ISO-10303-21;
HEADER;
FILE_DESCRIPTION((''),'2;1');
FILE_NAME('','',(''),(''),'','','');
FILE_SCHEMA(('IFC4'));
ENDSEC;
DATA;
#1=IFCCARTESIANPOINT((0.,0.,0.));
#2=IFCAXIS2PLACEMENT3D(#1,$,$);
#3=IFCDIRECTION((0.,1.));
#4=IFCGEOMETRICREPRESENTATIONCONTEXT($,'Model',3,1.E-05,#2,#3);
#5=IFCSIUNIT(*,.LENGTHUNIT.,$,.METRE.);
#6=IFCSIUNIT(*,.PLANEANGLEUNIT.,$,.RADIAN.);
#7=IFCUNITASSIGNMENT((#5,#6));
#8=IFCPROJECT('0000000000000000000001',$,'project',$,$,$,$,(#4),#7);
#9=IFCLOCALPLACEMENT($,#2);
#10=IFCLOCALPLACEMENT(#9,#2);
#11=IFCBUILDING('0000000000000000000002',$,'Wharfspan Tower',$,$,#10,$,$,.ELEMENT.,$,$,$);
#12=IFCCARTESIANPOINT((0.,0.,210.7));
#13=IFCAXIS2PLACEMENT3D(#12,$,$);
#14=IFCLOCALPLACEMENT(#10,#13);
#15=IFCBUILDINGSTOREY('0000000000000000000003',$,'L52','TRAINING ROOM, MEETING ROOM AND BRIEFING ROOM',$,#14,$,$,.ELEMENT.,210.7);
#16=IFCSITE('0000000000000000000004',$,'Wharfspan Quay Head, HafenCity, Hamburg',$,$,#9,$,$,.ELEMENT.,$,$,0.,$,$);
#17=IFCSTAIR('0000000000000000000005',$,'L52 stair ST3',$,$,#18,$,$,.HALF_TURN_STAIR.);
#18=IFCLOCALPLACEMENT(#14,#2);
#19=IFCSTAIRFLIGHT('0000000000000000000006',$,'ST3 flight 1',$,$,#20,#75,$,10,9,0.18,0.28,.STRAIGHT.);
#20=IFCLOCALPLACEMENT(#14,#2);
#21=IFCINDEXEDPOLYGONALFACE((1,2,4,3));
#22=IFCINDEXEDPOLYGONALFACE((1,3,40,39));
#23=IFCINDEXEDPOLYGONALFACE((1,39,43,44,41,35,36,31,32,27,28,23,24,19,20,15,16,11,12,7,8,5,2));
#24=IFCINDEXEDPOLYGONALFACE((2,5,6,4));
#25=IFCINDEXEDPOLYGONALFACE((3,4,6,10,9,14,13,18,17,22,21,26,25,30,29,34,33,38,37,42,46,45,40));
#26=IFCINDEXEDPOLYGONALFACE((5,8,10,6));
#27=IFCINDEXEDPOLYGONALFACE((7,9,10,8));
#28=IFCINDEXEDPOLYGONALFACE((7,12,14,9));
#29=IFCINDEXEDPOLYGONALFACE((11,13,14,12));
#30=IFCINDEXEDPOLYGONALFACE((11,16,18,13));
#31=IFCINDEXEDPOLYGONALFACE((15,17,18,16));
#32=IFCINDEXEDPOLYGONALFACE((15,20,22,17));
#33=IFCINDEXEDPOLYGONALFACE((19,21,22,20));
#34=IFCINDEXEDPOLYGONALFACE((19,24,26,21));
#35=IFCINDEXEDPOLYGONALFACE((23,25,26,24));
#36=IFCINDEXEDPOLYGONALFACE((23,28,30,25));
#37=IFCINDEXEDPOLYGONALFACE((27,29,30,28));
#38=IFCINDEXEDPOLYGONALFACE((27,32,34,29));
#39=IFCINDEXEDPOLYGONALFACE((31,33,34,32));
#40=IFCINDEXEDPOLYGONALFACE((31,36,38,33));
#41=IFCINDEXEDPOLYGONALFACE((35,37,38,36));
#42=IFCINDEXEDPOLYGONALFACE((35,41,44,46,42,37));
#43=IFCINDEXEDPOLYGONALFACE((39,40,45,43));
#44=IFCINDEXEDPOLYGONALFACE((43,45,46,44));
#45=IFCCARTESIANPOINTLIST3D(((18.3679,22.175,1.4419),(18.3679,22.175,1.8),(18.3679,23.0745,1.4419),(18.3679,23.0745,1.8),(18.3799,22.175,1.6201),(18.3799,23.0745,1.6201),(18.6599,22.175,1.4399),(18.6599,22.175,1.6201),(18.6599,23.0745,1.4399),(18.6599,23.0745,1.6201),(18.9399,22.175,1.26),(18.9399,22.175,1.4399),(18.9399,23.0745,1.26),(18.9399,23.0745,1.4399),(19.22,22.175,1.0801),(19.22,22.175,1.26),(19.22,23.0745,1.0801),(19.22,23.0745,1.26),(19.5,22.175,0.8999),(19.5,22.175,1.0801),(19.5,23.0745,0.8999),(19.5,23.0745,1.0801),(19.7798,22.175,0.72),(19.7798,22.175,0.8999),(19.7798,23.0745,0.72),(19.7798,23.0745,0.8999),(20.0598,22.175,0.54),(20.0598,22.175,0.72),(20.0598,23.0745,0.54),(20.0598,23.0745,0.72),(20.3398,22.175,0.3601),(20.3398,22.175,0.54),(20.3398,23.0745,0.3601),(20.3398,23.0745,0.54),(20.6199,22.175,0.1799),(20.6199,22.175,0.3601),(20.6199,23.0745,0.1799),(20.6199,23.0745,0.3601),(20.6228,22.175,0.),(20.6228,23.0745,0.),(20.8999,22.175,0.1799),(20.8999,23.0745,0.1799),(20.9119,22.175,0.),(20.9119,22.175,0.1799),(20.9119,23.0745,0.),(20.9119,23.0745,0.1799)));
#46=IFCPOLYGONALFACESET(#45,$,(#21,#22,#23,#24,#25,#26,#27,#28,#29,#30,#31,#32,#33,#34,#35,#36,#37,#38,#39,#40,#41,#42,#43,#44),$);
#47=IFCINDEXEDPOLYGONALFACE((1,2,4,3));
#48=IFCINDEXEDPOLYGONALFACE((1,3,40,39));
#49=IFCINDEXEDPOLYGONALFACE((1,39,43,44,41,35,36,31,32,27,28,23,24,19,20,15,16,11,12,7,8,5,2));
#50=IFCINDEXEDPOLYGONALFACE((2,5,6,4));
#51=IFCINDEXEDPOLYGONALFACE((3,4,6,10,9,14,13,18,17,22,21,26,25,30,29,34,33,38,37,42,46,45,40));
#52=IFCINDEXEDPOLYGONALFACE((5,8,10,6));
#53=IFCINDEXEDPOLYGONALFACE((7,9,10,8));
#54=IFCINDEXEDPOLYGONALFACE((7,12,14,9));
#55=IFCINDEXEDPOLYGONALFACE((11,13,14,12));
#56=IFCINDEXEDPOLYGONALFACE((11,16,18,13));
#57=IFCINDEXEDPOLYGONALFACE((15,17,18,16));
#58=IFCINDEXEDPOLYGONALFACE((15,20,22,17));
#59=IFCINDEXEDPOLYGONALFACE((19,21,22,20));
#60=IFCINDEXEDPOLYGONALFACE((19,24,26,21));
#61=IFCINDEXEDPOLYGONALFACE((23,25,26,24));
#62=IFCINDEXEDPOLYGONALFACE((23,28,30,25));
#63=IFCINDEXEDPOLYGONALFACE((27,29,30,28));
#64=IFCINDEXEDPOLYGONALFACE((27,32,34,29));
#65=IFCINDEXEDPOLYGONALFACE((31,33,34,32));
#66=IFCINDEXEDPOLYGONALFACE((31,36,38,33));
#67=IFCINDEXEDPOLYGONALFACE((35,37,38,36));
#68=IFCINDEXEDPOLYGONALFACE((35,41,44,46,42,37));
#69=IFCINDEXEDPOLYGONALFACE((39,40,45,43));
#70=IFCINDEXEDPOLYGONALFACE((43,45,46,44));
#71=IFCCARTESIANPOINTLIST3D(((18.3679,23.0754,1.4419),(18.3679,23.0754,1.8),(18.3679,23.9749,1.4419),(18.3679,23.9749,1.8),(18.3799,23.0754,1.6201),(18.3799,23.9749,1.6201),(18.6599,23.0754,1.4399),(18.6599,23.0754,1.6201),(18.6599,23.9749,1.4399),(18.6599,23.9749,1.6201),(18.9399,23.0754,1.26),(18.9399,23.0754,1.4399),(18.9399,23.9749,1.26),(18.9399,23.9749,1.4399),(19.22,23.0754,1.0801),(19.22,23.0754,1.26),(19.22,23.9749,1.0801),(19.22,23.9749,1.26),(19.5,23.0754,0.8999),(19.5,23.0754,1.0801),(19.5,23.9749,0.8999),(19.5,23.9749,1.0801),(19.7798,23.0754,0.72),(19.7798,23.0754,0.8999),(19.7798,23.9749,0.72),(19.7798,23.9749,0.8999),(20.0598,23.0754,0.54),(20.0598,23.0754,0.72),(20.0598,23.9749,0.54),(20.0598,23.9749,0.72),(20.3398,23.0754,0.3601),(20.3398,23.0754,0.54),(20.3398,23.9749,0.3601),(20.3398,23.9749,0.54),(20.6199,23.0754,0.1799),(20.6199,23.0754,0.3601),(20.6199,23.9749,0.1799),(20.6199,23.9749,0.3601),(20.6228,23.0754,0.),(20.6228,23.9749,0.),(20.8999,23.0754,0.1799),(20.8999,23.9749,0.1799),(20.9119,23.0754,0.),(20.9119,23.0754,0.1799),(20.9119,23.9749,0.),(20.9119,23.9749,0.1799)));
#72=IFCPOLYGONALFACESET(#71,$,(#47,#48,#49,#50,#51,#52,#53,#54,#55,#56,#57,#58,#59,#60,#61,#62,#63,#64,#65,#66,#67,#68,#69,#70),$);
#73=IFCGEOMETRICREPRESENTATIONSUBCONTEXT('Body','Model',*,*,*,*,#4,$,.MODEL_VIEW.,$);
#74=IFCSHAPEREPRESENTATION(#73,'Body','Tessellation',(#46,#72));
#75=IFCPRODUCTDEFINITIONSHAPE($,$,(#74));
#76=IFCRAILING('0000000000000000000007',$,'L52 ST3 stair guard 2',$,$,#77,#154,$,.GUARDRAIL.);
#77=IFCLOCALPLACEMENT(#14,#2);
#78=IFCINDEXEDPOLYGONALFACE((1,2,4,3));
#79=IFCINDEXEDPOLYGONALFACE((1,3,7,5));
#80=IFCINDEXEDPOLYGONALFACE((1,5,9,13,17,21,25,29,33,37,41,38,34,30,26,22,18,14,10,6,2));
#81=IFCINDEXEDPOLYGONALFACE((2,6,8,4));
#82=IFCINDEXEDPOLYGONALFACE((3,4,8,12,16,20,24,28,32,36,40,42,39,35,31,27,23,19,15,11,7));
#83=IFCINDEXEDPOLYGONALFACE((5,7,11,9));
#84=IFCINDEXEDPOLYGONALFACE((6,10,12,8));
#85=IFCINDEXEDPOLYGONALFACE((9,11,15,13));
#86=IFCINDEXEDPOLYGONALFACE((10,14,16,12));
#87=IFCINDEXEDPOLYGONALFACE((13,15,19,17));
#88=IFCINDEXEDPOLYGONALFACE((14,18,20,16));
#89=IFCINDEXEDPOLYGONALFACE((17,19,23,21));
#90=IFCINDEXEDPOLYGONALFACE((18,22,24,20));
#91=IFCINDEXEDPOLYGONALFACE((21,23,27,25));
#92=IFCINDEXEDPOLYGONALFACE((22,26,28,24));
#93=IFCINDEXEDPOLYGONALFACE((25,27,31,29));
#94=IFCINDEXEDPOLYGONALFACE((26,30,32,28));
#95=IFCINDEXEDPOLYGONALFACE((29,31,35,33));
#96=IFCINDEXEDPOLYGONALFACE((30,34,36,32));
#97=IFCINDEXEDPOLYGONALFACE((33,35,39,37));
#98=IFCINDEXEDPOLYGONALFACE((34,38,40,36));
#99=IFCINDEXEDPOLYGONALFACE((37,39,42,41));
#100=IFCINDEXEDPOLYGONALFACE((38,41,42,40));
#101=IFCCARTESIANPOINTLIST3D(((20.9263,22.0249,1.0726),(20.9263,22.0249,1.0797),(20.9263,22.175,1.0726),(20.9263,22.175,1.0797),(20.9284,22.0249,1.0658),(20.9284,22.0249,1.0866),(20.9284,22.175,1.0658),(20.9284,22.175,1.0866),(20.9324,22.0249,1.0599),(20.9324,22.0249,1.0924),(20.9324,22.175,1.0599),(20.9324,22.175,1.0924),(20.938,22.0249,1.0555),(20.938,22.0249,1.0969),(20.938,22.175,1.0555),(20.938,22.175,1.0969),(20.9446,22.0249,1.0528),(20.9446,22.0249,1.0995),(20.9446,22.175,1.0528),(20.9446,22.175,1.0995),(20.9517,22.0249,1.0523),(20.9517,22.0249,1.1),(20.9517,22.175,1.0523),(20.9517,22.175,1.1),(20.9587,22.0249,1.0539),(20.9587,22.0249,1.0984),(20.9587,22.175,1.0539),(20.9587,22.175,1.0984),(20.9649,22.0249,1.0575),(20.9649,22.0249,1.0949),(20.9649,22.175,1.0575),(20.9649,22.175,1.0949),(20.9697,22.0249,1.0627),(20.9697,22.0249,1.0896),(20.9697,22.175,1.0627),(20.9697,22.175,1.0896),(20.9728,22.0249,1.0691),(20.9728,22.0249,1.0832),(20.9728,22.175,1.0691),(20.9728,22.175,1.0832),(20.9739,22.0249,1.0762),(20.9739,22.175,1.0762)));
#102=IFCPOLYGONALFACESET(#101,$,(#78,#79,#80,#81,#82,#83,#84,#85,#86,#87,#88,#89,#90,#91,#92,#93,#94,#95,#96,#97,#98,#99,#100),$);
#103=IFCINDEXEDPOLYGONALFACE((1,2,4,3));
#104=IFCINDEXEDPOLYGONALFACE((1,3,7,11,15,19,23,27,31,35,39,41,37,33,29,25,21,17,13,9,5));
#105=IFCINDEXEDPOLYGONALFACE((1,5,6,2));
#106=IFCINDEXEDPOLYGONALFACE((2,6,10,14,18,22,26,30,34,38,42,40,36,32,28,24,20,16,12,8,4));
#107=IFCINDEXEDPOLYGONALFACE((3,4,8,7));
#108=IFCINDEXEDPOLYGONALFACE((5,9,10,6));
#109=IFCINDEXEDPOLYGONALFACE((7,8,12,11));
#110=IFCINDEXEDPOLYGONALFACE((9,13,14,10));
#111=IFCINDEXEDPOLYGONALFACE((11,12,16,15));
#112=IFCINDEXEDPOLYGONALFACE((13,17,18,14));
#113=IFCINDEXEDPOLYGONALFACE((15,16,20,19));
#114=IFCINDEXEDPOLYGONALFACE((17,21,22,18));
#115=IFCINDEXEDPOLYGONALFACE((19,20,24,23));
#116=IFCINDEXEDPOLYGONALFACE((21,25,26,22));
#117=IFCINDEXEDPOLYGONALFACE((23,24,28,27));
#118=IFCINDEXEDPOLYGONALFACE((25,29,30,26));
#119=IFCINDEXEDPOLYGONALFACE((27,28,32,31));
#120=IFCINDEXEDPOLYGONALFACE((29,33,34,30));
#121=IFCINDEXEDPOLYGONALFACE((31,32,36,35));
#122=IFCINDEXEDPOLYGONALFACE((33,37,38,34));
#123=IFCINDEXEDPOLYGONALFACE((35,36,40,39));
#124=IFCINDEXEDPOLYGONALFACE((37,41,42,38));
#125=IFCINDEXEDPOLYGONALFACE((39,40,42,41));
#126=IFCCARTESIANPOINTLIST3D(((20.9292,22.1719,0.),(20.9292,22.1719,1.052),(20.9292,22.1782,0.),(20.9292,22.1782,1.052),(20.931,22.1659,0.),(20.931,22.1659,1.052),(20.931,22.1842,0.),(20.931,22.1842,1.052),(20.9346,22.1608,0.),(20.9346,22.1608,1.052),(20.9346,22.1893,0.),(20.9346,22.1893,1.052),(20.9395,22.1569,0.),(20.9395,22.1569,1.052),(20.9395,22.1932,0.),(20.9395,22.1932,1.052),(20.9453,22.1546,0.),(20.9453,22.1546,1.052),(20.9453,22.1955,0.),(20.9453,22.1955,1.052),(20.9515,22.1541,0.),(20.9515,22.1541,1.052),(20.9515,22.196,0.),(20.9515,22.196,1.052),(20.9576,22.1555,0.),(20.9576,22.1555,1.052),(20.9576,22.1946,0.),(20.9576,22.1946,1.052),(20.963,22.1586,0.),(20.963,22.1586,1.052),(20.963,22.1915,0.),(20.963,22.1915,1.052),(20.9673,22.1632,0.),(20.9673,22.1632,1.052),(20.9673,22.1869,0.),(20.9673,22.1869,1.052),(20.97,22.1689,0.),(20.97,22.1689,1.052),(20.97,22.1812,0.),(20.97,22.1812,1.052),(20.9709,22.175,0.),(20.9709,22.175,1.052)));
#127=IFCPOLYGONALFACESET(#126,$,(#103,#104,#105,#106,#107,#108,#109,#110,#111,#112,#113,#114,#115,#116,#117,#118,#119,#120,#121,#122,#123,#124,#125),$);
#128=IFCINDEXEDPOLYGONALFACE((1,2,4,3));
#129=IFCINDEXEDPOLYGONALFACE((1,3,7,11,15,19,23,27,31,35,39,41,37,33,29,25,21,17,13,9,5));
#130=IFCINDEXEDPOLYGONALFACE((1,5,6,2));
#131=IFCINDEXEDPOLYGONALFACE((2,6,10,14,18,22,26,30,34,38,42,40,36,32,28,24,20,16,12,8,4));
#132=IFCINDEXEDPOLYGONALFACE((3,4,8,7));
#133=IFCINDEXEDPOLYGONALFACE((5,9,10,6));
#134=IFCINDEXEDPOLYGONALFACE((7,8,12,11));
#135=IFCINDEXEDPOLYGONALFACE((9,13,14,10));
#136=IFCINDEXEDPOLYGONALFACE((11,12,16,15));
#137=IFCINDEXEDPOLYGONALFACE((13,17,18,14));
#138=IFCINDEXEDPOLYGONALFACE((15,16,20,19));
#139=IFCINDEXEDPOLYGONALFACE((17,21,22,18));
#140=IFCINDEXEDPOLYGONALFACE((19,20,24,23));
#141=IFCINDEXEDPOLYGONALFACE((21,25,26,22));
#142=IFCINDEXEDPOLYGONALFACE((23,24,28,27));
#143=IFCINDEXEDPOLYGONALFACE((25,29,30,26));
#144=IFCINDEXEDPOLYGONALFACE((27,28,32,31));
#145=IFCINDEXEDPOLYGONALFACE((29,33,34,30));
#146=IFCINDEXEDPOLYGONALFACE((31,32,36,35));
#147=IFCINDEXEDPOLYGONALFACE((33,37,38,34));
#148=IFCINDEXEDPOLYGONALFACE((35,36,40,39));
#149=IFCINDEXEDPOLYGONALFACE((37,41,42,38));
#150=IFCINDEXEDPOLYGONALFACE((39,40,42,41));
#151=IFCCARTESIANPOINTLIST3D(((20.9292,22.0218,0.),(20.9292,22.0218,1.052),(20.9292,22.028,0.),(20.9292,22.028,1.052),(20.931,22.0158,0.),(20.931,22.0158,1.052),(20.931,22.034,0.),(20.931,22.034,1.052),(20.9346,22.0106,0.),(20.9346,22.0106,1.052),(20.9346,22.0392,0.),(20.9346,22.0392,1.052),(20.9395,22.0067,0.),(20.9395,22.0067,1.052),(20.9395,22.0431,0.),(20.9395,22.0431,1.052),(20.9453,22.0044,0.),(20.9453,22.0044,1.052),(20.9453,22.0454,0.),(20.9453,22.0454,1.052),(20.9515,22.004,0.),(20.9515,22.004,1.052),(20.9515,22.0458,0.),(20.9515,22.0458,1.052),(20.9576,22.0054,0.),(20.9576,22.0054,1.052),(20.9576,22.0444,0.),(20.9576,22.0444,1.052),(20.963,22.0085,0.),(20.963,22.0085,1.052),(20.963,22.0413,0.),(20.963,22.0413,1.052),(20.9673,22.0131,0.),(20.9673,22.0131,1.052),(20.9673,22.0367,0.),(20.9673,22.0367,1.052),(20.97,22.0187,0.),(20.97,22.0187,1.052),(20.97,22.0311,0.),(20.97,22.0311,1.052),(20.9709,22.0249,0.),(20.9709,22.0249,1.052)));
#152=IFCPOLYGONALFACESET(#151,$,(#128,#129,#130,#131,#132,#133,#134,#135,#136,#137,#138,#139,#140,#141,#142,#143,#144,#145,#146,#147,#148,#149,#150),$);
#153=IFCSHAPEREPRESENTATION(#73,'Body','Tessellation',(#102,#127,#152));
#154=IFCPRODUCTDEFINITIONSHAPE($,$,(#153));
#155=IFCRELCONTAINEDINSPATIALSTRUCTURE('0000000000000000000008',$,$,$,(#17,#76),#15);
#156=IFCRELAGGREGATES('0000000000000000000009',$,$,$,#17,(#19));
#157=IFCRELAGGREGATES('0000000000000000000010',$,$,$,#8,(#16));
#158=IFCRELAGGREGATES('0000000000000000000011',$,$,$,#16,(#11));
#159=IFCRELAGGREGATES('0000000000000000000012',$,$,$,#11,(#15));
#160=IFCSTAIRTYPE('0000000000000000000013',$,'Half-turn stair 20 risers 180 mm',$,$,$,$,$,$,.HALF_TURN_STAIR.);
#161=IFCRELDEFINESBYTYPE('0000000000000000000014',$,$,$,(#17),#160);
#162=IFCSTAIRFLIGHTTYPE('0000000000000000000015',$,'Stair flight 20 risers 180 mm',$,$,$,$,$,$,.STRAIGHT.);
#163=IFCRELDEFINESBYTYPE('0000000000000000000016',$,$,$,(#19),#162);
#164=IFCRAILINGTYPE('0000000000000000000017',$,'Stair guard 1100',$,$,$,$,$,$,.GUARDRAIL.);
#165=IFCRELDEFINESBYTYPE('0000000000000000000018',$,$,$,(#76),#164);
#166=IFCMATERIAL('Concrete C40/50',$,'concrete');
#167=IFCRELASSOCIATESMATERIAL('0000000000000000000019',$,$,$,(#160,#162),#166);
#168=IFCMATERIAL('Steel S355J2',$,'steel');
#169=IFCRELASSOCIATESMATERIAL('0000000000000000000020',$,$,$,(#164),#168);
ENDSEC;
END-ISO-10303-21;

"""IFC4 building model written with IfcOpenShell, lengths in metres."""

from ifc_helpers import new_model, si_unit, direction, frame, origin, origin_2d, place, context, subcontext, project, spatial, polyline, circle, outline, extrude, material, type_object, element, aggregate, save


model = new_model("IFC4")

# Units and contexts
model_context = context("Model", 3, precision=1e-05, world=origin(), true_north=direction((0.0, 1.0)))
body_context = subcontext(model_context, "Body", "Model", "MODEL_VIEW")
ifc_project = project(units=[si_unit("LENGTHUNIT", "METRE"), si_unit("PLANEANGLEUNIT", "RADIAN")], contexts=[model_context])

# Site, building, storey
site_placement = place(None, origin())
site = spatial("IfcSite", under=ifc_project, at=site_placement, Name="Wharfspan Quay Head, HafenCity, Hamburg", CompositionType="ELEMENT", RefElevation=0.0)
building_placement = place(site_placement, origin())
building = spatial("IfcBuilding", under=site, at=building_placement, Name="Wharfspan Tower", CompositionType="ELEMENT")
storey_placement = place(building_placement, frame((0.0, 0.0, 210.7)))
storey = spatial("IfcBuildingStorey", under=building, at=storey_placement, Name="L52", Description="TRAINING ROOM, MEETING ROOM AND BRIEFING ROOM", CompositionType="ELEMENT", Elevation=210.7)

# Shared definitions
ifc_material_1 = material(Name="Steel S355J2", Category="steel")

# Shared definitions
ifc_material_2 = material(Name="Concrete C40/50", Category="concrete")

# Stair, stair flight
stair_type = type_object("IfcStairType", Name="Half-turn stair 20 risers 180 mm", PredefinedType="HALF_TURN_STAIR", material=ifc_material_2)
stair_placement = place(storey_placement, origin())
stair = element("IfcStair", 1, at=stair_placement, inside=storey, type_object=stair_type, Name="L52 stair ST3", PredefinedType="HALF_TURN_STAIR")
stair_flight_type = type_object("IfcStairFlightType", Name="Stair flight 20 risers 180 mm", PredefinedType="STRAIGHT", material=ifc_material_2)
stair_flight_placement = place(storey_placement, frame((20.8999, 23.075, 0.0), z_axis=(0.0, 0.0, 1.0), x_axis=(-1.0, 0.0, 0.0)))
stair_flight = element("IfcStairFlight", 2, at=stair_flight_placement, type_object=stair_flight_type, Name="ST3 flight 1", NumberOfRisers=10, NumberOfTreads=9, PredefinedType="STRAIGHT", RiserHeight=0.18, TreadLength=0.28, context=body_context, shape_type="SweptSolid", body=[
    extrude(outline(polyline([(-0.012, 0.0), (-0.012, 0.1799), (0.0, 0.1799), (0.28, 0.1799), (0.28, 0.3601), (0.5601, 0.3601), (0.5601, 0.54), (0.8401, 0.54), (0.8401, 0.72), (1.1201, 0.72), (1.1201, 0.8999), (1.3999, 0.8999), (1.3999, 1.0801), (1.6799, 1.0801), (1.6799, 1.26), (1.96, 1.26), (1.96, 1.4399), (2.24, 1.4399), (2.24, 1.6201), (2.52, 1.6201), (2.532, 1.8), (2.532, 1.4419), (0.2771, 0.0), (-0.012, 0.0)])), frame((0.0, 0.8999, 0.0), z_axis=(0.0, -1.0, 0.0), x_axis=(1.0, 0.0, 0.0)), (0.0, 0.0, 1.0), 0.8994),
    extrude(outline(polyline([(-0.012, 0.0), (-0.012, 0.1799), (0.0, 0.1799), (0.28, 0.1799), (0.28, 0.3601), (0.5601, 0.3601), (0.5601, 0.54), (0.8401, 0.54), (0.8401, 0.72), (1.1201, 0.72), (1.1201, 0.8999), (1.3999, 0.8999), (1.3999, 1.0801), (1.6799, 1.0801), (1.6799, 1.26), (1.96, 1.26), (1.96, 1.4399), (2.24, 1.4399), (2.24, 1.6201), (2.52, 1.6201), (2.532, 1.8), (2.532, 1.4419), (0.2771, 0.0), (-0.012, 0.0)])), frame((0.0, -0.0005, 0.0), z_axis=(0.0, -1.0, 0.0), x_axis=(1.0, 0.0, 0.0)), (0.0, 0.0, 1.0), 0.8994),
])
aggregate(stair, [stair_flight])

# Railing
railing_type_1 = type_object("IfcRailingType", Name="Stair guard 1100", PredefinedType="GUARDRAIL", material=ifc_material_1)
railing_1_placement = place(storey_placement, frame((20.95, 22.175, 0.0)))
element("IfcRailing", 3, at=railing_1_placement, inside=storey, type_object=railing_type_1, Name="L52 ST3 stair guard 2", PredefinedType="GUARDRAIL", context=body_context, shape_type="SweptSolid", body=[
    extrude(circle(Radius=0.0239, at=origin_2d()), frame((0.0, 0.0, 1.0762), z_axis=(0.0, -1.0, 0.0), x_axis=(1.0, 0.0, 0.0)), (0.0, 0.0, 1.0), 0.1501),
    extrude(circle(Radius=0.021, at=origin_2d()), origin(), (0.0, 0.0, 1.0), 1.052),
    extrude(circle(Radius=0.021, at=origin_2d()), frame((0.0, -0.1501, 0.0)), (0.0, 0.0, 1.0), 1.052),
])

save(model, "model.ifc")
